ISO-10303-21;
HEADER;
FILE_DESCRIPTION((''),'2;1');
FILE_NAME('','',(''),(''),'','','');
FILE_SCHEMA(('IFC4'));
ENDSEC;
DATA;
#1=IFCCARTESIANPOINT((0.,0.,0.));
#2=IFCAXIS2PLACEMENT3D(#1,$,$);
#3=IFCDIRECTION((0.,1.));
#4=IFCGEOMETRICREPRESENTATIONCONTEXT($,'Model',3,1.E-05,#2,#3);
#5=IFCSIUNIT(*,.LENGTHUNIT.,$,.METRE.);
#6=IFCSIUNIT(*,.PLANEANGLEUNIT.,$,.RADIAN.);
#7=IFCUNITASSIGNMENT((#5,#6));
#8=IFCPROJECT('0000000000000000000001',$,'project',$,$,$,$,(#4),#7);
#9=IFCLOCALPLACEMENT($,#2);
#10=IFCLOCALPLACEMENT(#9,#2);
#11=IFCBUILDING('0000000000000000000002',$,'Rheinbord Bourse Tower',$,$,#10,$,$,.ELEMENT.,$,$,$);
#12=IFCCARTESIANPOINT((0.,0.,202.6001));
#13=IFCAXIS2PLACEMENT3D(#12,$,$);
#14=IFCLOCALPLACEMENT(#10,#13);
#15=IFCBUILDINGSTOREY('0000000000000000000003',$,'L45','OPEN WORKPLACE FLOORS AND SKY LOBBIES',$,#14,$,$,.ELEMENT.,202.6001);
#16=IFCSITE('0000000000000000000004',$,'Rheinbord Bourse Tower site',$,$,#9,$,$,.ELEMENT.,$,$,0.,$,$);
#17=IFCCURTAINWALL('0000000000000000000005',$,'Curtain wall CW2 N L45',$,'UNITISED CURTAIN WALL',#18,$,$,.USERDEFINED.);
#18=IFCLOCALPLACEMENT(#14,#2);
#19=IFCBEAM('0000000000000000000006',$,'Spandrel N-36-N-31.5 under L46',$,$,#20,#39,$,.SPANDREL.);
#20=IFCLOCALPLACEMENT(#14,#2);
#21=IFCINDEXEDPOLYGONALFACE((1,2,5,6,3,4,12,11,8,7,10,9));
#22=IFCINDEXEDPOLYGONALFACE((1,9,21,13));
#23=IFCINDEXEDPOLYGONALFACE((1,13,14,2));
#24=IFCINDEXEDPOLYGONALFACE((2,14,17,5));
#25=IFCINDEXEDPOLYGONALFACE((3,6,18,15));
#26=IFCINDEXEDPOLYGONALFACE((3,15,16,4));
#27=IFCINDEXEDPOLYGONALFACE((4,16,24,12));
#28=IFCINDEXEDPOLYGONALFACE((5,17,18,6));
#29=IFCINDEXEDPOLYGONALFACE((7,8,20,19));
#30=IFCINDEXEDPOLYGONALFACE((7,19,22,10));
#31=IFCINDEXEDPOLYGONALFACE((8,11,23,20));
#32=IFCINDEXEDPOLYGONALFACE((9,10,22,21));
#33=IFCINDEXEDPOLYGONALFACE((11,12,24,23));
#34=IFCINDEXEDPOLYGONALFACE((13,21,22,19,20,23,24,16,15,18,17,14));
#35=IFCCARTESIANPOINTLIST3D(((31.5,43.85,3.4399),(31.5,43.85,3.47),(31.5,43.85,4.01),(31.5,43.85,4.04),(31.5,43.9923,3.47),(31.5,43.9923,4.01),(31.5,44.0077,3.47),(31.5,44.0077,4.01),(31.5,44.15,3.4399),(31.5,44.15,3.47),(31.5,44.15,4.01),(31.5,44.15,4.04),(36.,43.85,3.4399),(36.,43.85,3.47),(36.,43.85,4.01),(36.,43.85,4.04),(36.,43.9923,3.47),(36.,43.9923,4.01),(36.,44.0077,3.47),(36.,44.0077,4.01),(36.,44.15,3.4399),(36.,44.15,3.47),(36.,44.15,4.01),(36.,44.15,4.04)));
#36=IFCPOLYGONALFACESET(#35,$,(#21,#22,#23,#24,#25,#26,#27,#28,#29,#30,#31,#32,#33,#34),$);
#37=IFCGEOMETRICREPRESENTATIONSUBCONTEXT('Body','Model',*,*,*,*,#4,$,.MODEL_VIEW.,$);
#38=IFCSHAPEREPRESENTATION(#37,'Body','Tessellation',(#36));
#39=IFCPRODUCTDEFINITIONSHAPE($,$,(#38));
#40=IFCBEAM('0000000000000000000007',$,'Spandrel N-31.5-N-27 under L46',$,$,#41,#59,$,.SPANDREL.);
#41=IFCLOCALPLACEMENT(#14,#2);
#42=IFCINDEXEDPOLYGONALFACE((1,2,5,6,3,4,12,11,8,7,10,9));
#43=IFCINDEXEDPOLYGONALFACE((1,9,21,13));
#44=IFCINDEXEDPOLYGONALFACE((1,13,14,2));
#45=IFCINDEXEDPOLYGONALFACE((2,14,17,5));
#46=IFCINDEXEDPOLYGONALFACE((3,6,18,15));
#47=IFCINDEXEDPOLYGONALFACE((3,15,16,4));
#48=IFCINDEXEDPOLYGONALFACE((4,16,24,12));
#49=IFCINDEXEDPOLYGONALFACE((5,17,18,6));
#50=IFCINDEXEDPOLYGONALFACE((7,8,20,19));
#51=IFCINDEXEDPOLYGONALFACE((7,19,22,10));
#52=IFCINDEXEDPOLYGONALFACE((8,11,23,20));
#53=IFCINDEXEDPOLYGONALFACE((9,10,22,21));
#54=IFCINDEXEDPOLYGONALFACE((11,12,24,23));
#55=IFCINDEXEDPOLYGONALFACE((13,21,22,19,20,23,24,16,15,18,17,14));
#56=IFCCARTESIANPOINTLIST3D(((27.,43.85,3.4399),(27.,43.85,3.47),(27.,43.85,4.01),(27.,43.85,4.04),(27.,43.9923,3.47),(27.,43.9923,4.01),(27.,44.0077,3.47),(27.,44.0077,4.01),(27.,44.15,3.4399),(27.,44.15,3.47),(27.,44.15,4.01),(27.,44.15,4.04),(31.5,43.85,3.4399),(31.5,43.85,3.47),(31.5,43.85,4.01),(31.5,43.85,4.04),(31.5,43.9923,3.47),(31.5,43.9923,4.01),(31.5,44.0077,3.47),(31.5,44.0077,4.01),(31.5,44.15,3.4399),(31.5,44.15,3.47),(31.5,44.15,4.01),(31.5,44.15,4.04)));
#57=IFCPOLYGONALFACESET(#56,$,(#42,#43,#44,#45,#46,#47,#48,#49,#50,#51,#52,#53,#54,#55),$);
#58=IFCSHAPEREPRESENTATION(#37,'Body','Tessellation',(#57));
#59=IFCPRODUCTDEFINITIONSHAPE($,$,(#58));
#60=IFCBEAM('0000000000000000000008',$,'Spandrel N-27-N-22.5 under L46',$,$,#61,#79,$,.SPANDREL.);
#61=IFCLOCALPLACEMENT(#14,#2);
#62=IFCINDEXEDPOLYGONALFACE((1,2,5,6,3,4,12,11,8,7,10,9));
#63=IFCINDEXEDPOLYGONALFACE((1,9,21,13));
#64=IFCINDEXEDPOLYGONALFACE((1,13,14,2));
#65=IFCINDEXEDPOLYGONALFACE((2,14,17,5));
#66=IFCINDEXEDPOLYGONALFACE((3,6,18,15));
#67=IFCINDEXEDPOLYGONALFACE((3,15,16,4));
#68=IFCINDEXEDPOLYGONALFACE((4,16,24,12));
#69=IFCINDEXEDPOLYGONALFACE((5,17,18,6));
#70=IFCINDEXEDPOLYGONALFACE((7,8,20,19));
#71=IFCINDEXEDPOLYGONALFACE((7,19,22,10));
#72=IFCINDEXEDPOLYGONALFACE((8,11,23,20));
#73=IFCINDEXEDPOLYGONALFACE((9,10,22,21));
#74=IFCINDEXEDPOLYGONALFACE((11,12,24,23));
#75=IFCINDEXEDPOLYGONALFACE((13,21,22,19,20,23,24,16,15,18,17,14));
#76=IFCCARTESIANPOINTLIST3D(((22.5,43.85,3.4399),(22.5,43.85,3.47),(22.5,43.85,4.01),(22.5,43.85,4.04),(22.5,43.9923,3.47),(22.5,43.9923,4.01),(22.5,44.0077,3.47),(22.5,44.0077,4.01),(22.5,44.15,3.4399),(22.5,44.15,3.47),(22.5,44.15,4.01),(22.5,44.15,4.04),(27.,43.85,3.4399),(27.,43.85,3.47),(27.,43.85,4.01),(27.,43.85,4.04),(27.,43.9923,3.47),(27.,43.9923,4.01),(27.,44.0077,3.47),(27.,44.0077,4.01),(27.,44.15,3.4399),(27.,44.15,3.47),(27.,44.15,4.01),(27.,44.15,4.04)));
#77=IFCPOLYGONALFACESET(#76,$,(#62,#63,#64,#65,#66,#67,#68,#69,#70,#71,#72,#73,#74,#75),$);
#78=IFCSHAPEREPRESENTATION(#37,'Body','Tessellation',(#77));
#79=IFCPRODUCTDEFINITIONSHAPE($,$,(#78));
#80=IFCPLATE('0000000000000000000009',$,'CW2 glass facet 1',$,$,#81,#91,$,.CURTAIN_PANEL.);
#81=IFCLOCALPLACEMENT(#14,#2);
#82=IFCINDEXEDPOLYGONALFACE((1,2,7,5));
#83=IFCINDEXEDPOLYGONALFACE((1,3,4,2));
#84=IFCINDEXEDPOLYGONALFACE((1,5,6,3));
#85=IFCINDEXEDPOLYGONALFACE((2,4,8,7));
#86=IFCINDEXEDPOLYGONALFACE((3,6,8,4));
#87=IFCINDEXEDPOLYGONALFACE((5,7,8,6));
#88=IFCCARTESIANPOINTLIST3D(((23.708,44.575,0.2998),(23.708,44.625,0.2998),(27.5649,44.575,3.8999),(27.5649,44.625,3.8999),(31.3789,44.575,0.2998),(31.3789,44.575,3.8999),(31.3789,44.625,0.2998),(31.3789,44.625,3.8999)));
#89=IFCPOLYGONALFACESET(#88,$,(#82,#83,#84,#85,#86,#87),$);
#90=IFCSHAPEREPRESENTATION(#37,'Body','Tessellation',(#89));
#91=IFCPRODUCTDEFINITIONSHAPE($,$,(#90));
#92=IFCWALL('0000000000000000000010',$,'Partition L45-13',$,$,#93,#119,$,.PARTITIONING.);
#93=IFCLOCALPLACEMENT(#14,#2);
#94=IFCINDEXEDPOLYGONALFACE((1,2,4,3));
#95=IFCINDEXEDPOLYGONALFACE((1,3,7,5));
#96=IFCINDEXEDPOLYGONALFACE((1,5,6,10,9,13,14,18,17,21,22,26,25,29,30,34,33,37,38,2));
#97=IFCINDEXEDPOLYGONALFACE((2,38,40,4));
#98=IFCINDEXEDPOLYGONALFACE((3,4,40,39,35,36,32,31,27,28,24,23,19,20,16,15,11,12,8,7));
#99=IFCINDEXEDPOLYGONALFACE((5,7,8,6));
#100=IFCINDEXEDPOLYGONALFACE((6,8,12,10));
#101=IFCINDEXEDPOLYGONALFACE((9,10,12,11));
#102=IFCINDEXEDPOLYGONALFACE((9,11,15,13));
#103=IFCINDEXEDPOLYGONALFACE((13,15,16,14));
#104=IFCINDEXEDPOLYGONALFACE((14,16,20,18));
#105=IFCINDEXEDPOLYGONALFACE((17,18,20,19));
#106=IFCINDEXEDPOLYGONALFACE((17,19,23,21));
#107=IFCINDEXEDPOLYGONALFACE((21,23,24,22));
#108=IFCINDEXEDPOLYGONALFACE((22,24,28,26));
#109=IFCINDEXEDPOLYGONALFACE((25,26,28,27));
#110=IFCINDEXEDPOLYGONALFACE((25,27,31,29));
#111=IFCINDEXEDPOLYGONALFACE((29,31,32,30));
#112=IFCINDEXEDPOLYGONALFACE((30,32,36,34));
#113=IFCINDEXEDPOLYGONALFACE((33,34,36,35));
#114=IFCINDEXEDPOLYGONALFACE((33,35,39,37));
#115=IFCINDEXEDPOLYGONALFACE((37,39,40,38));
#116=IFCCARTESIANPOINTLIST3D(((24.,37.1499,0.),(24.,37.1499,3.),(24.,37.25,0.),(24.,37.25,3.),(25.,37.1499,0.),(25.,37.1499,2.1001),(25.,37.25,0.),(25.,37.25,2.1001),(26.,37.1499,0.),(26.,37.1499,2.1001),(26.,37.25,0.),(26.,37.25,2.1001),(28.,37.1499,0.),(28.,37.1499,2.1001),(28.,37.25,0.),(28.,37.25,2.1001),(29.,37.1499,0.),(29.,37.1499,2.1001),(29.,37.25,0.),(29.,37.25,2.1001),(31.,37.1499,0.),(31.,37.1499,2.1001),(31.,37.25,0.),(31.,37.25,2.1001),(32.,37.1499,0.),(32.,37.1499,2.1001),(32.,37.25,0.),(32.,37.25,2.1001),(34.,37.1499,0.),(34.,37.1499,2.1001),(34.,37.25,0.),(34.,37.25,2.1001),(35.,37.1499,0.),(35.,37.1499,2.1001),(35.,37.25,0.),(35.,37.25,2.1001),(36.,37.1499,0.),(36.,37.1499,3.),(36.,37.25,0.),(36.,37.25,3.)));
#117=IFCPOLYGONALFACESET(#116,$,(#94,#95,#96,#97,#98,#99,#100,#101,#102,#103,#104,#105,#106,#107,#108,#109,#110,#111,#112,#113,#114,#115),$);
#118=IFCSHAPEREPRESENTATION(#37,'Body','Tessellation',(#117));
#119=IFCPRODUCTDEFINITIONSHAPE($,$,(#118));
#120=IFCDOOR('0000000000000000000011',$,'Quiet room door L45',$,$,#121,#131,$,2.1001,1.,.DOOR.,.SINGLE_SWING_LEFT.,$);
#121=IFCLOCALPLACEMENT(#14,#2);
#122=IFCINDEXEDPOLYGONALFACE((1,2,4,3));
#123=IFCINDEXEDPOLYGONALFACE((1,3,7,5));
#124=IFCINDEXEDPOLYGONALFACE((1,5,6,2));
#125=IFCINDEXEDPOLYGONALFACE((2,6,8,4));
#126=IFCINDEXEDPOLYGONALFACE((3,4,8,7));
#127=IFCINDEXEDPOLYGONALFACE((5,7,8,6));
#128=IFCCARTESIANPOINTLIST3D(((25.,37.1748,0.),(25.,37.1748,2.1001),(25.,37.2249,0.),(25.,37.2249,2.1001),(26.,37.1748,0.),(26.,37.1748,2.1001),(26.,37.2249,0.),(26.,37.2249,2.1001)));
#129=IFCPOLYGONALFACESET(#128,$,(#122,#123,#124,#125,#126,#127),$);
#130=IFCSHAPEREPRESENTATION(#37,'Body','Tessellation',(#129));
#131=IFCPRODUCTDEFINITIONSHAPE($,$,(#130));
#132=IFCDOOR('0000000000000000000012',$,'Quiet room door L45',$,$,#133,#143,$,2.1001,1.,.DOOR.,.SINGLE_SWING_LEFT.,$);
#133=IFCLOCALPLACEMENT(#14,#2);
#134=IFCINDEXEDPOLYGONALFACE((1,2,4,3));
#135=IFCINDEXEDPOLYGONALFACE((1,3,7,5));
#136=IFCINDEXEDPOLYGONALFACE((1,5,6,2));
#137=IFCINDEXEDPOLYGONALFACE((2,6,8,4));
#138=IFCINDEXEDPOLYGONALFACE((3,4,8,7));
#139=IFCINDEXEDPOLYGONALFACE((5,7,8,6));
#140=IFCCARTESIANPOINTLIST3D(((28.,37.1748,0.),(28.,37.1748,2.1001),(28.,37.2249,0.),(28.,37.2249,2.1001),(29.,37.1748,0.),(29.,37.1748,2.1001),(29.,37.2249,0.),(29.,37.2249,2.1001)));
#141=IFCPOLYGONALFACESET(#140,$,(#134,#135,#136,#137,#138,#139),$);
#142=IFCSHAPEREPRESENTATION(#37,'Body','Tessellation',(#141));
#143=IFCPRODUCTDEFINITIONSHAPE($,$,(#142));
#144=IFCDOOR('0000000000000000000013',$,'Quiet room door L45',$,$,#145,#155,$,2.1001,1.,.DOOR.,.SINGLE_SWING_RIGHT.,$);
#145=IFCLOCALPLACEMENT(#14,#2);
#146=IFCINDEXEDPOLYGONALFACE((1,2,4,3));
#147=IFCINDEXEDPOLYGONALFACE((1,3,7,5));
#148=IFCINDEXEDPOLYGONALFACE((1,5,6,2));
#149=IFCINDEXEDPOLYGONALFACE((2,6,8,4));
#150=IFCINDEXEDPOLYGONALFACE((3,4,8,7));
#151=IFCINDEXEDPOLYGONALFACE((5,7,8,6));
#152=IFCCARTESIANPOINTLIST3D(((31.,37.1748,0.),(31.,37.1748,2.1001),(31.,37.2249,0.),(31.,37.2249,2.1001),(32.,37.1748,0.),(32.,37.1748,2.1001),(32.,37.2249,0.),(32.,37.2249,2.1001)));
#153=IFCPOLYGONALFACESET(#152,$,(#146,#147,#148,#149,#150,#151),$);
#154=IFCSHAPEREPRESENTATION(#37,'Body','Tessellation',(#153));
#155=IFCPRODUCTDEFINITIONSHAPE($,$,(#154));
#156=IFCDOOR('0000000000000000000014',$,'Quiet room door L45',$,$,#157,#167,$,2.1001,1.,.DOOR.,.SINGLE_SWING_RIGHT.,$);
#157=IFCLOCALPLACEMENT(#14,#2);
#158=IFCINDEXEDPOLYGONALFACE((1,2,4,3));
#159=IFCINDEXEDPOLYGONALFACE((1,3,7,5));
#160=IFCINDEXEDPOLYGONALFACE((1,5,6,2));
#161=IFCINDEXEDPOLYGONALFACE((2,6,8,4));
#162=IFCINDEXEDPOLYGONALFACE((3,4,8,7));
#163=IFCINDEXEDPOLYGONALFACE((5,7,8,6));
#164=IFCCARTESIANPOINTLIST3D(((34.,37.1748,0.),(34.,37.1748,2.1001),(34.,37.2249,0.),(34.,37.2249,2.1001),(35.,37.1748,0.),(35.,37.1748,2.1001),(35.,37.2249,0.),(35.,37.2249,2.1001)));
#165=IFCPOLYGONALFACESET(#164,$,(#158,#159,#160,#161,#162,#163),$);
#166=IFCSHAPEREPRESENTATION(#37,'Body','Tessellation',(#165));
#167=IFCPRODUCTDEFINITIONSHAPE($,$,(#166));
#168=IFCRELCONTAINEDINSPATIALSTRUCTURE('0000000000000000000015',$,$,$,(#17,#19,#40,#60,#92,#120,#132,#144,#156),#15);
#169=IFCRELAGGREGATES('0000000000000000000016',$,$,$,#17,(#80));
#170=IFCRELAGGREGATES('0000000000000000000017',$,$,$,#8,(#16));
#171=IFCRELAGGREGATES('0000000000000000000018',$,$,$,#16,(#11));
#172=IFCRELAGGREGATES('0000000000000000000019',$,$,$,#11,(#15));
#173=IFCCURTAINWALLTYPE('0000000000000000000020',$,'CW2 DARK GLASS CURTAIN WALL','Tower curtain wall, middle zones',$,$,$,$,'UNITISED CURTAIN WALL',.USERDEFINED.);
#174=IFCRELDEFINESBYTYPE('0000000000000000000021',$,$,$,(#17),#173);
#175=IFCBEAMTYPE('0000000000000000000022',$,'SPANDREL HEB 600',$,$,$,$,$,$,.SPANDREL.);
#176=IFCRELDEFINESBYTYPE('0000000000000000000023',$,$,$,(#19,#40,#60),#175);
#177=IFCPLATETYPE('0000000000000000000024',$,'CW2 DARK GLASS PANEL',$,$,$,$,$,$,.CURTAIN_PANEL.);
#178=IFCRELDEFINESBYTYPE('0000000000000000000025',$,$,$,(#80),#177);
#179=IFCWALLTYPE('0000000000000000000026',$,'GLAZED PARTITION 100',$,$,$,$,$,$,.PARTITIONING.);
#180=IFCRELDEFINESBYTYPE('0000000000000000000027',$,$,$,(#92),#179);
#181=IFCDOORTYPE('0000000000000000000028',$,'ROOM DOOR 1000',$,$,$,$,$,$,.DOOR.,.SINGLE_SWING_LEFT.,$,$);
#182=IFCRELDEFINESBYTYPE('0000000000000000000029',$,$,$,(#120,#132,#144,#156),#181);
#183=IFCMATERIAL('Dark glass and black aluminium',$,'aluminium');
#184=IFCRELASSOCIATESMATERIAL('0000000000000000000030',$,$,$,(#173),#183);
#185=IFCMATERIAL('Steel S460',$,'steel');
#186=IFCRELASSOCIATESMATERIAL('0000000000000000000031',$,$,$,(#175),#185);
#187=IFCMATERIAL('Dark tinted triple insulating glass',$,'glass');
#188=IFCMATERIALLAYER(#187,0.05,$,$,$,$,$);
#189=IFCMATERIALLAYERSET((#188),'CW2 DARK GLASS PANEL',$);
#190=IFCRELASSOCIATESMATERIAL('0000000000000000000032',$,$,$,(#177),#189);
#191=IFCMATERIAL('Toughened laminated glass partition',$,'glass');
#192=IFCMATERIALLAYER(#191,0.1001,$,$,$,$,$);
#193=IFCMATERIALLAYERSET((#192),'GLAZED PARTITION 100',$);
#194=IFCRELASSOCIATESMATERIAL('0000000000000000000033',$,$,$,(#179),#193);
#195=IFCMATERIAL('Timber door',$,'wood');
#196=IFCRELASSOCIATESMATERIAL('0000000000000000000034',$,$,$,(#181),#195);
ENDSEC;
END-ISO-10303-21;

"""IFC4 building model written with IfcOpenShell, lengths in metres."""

from ifc_helpers import new_model, si_unit, direction, frame, frame_2d, origin, origin_2d, place, context, subcontext, project, spatial, polyline, rectangle, i_section, outline, extrude, material, layer, layer_set, material_profile, profile_set, type_object, element, fill, aggregate, save


model = new_model("IFC4")

# Units and contexts
model_context = context("Model", 3, precision=1e-05, world=origin(), true_north=direction((0.0, 1.0)))
body_context = subcontext(model_context, "Body", "Model", "MODEL_VIEW")
ifc_project = project(units=[si_unit("LENGTHUNIT", "METRE"), si_unit("PLANEANGLEUNIT", "RADIAN")], contexts=[model_context])

# Site, building, storey
site_placement = place(None, origin())
site = spatial("IfcSite", under=ifc_project, at=site_placement, Name="Rheinbord Bourse Tower site", CompositionType="ELEMENT", RefElevation=0.0)
building_placement = place(site_placement, origin())
building = spatial("IfcBuilding", under=site, at=building_placement, Name="Rheinbord Bourse Tower", CompositionType="ELEMENT")
storey_placement = place(building_placement, frame((0.0, 0.0, 202.6001)))
storey = spatial("IfcBuildingStorey", under=building, at=storey_placement, Name="L45", Description="OPEN WORKPLACE FLOORS AND SKY LOBBIES", CompositionType="ELEMENT", Elevation=202.6001)

# Curtain wall
ifc_material_1 = material(Name="Dark glass and black aluminium", Category="aluminium")
curtain_wall_type = type_object("IfcCurtainWallType", Name="CW2 DARK GLASS CURTAIN WALL", Description="Tower curtain wall, middle zones", ElementType="UNITISED CURTAIN WALL", PredefinedType="USERDEFINED", material=ifc_material_1)
curtain_wall_placement = place(storey_placement, origin())
curtain_wall = element("IfcCurtainWall", 1, at=curtain_wall_placement, inside=storey, type_object=curtain_wall_type, Name="Curtain wall CW2 N L45", ObjectType="UNITISED CURTAIN WALL", PredefinedType="USERDEFINED")

# Beams
ifc_material_2 = material(Name="Steel S460", Category="steel")
ifc_material_profile_1 = material_profile(ifc_material_2, i_section(OverallWidth=0.3, OverallDepth=0.6001, WebThickness=0.0154, FlangeThickness=0.03, at=origin_2d()), Name="HEB 600")
ifc_profile_set_1 = profile_set([ifc_material_profile_1], Name="Steel S460")
beam_type_1 = type_object("IfcBeamType", Name="SPANDREL HEB 600", PredefinedType="SPANDREL", material=ifc_profile_set_1)
for number, where, z_axis, x_axis, name in (
    (2, (36.0, 44.0, 3.74), (-1.0, 0.0, 0.0), (0.0, -1.0, 0.0), "Spandrel N-36-N-31.5 under L46"),
    (3, (31.5, 44.0, 3.74), (-1.0, 0.0, 0.0), (0.0, -1.0, 0.0), "Spandrel N-31.5-N-27 under L46"),
    (4, (27.0, 44.0, 3.74), (-1.0, 0.0, 0.0), (0.0, -1.0, 0.0), "Spandrel N-27-N-22.5 under L46"),
):
    element("IfcBeam", number, at=place(storey_placement, frame(where, z_axis=z_axis, x_axis=x_axis)), inside=storey, type_object=beam_type_1, Name=name, PredefinedType="SPANDREL", context=body_context, shape_type="SweptSolid", body=[
        extrude(i_section(OverallWidth=0.3, OverallDepth=0.6001, WebThickness=0.0154, FlangeThickness=0.03, at=origin_2d()), origin(), (0.0, 0.0, 1.0), 4.5),
    ])

# Plate
ifc_material_3 = material(Name="Dark tinted triple insulating glass", Category="glass")
ifc_layer_1 = layer(ifc_material_3, 0.05)
ifc_layer_set_1 = layer_set([ifc_layer_1], Name="CW2 DARK GLASS PANEL")
plate_type = type_object("IfcPlateType", Name="CW2 DARK GLASS PANEL", PredefinedType="CURTAIN_PANEL", material=ifc_layer_set_1)
plate_placement = place(storey_placement, frame((31.3789, 44.625, 0.2998), z_axis=(0.0, -1.0, 0.0), x_axis=(0.0, 0.0, 1.0)))
plate = element("IfcPlate", 5, at=plate_placement, type_object=plate_type, Name="CW2 glass facet 1", PredefinedType="CURTAIN_PANEL", context=body_context, shape_type="SweptSolid", body=[
    extrude(outline(polyline([(0.0, 0.0), (3.6001, 0.0), (3.6001, 3.814), (0.0, 7.6709), (0.0, 0.0)])), origin(), (0.0, 0.0, 1.0), 0.05),
])
aggregate(curtain_wall, [plate])

# Wall, openings, doors
ifc_material_4 = material(Name="Toughened laminated glass partition", Category="glass")
ifc_layer_2 = layer(ifc_material_4, 0.1001)
ifc_layer_set_2 = layer_set([ifc_layer_2], Name="GLAZED PARTITION 100")
wall_type = type_object("IfcWallType", Name="GLAZED PARTITION 100", PredefinedType="PARTITIONING", material=ifc_layer_set_2)
wall_placement = place(storey_placement, frame((24.0, 37.2, 0.0), z_axis=(0.0, 0.0, 1.0), x_axis=(1.0, 0.0, 0.0)))
wall = element("IfcWall", 6, at=wall_placement, inside=storey, type_object=wall_type, Name="Partition L45-13", PredefinedType="PARTITIONING", context=body_context, shape_type="SweptSolid", body=[
    extrude(rectangle(XDim=12.0, YDim=0.1001, at=frame_2d((6.0, 0.0))), origin(), (0.0, 0.0, 1.0), 3.0),
])
opening_1_placement = place(wall_placement, frame((1.0, 0.0, 0.0)))
opening_1 = element("IfcOpeningElement", 7, at=opening_1_placement, cuts=wall, PredefinedType="OPENING", context=body_context, shape_type="SweptSolid", body=[
    extrude(rectangle(XDim=1.0, YDim=2.1001, at=frame_2d((0.5, 1.05))), frame((0.0, 0.0601, 0.0), z_axis=(0.0, -1.0, 0.0), x_axis=(1.0, 0.0, 0.0)), (0.0, 0.0, 1.0), 0.1201),
])
opening_2_placement = place(wall_placement, frame((4.0, 0.0, 0.0)))
opening_2 = element("IfcOpeningElement", 8, at=opening_2_placement, cuts=wall, PredefinedType="OPENING", context=body_context, shape_type="SweptSolid", body=[
    extrude(rectangle(XDim=1.0, YDim=2.1001, at=frame_2d((0.5, 1.05))), frame((0.0, 0.0601, 0.0), z_axis=(0.0, -1.0, 0.0), x_axis=(1.0, 0.0, 0.0)), (0.0, 0.0, 1.0), 0.1201),
])
opening_3_placement = place(wall_placement, frame((7.0, 0.0, 0.0)))
opening_3 = element("IfcOpeningElement", 9, at=opening_3_placement, cuts=wall, PredefinedType="OPENING", context=body_context, shape_type="SweptSolid", body=[
    extrude(rectangle(XDim=1.0, YDim=2.1001, at=frame_2d((0.5, 1.05))), frame((0.0, 0.0601, 0.0), z_axis=(0.0, -1.0, 0.0), x_axis=(1.0, 0.0, 0.0)), (0.0, 0.0, 1.0), 0.1201),
])
opening_4_placement = place(wall_placement, frame((10.0, 0.0, 0.0)))
opening_4 = element("IfcOpeningElement", 10, at=opening_4_placement, cuts=wall, PredefinedType="OPENING", context=body_context, shape_type="SweptSolid", body=[
    extrude(rectangle(XDim=1.0, YDim=2.1001, at=frame_2d((0.5, 1.05))), frame((0.0, 0.0601, 0.0), z_axis=(0.0, -1.0, 0.0), x_axis=(1.0, 0.0, 0.0)), (0.0, 0.0, 1.0), 0.1201),
])
ifc_material_5 = material(Name="Timber door", Category="wood")
door_type = type_object("IfcDoorType", Name="ROOM DOOR 1000", OperationType="SINGLE_SWING_LEFT", PredefinedType="DOOR", material=ifc_material_5)
door_1_placement = place(opening_1_placement, origin())
door_1 = element("IfcDoor", 11, at=door_1_placement, inside=storey, type_object=door_type, Name="Quiet room door L45", OperationType="SINGLE_SWING_LEFT", OverallHeight=2.1001, OverallWidth=1.0, PredefinedType="DOOR", context=body_context, shape_type="SweptSolid", body=[
    extrude(rectangle(XDim=1.0, YDim=2.1001, at=frame_2d((0.5, 1.05))), frame((0.0, 0.0249, 0.0), z_axis=(0.0, -1.0, 0.0), x_axis=(1.0, 0.0, 0.0)), (0.0, 0.0, 1.0), 0.05),
])
fill(opening_1, door_1)
door_2_placement = place(opening_2_placement, origin())
door_2 = element("IfcDoor", 12, at=door_2_placement, inside=storey, type_object=door_type, Name="Quiet room door L45", OperationType="SINGLE_SWING_LEFT", OverallHeight=2.1001, OverallWidth=1.0, PredefinedType="DOOR", context=body_context, shape_type="SweptSolid", body=[
    extrude(rectangle(XDim=1.0, YDim=2.1001, at=frame_2d((0.5, 1.05))), frame((0.0, 0.0249, 0.0), z_axis=(0.0, -1.0, 0.0), x_axis=(1.0, 0.0, 0.0)), (0.0, 0.0, 1.0), 0.05),
])
fill(opening_2, door_2)
door_3_placement = place(opening_3_placement, origin())
door_3 = element("IfcDoor", 13, at=door_3_placement, inside=storey, type_object=door_type, Name="Quiet room door L45", OperationType="SINGLE_SWING_RIGHT", OverallHeight=2.1001, OverallWidth=1.0, PredefinedType="DOOR", context=body_context, shape_type="SweptSolid", body=[
    extrude(rectangle(XDim=1.0, YDim=2.1001, at=frame_2d((0.5, 1.05))), frame((0.0, 0.0249, 0.0), z_axis=(0.0, -1.0, 0.0), x_axis=(1.0, 0.0, 0.0)), (0.0, 0.0, 1.0), 0.05),
])
fill(opening_3, door_3)
door_4_placement = place(opening_4_placement, origin())
door_4 = element("IfcDoor", 14, at=door_4_placement, inside=storey, type_object=door_type, Name="Quiet room door L45", OperationType="SINGLE_SWING_RIGHT", OverallHeight=2.1001, OverallWidth=1.0, PredefinedType="DOOR", context=body_context, shape_type="SweptSolid", body=[
    extrude(rectangle(XDim=1.0, YDim=2.1001, at=frame_2d((0.5, 1.05))), frame((0.0, 0.0249, 0.0), z_axis=(0.0, -1.0, 0.0), x_axis=(1.0, 0.0, 0.0)), (0.0, 0.0, 1.0), 0.05),
])
fill(opening_4, door_4)

save(model, "model.ifc")
